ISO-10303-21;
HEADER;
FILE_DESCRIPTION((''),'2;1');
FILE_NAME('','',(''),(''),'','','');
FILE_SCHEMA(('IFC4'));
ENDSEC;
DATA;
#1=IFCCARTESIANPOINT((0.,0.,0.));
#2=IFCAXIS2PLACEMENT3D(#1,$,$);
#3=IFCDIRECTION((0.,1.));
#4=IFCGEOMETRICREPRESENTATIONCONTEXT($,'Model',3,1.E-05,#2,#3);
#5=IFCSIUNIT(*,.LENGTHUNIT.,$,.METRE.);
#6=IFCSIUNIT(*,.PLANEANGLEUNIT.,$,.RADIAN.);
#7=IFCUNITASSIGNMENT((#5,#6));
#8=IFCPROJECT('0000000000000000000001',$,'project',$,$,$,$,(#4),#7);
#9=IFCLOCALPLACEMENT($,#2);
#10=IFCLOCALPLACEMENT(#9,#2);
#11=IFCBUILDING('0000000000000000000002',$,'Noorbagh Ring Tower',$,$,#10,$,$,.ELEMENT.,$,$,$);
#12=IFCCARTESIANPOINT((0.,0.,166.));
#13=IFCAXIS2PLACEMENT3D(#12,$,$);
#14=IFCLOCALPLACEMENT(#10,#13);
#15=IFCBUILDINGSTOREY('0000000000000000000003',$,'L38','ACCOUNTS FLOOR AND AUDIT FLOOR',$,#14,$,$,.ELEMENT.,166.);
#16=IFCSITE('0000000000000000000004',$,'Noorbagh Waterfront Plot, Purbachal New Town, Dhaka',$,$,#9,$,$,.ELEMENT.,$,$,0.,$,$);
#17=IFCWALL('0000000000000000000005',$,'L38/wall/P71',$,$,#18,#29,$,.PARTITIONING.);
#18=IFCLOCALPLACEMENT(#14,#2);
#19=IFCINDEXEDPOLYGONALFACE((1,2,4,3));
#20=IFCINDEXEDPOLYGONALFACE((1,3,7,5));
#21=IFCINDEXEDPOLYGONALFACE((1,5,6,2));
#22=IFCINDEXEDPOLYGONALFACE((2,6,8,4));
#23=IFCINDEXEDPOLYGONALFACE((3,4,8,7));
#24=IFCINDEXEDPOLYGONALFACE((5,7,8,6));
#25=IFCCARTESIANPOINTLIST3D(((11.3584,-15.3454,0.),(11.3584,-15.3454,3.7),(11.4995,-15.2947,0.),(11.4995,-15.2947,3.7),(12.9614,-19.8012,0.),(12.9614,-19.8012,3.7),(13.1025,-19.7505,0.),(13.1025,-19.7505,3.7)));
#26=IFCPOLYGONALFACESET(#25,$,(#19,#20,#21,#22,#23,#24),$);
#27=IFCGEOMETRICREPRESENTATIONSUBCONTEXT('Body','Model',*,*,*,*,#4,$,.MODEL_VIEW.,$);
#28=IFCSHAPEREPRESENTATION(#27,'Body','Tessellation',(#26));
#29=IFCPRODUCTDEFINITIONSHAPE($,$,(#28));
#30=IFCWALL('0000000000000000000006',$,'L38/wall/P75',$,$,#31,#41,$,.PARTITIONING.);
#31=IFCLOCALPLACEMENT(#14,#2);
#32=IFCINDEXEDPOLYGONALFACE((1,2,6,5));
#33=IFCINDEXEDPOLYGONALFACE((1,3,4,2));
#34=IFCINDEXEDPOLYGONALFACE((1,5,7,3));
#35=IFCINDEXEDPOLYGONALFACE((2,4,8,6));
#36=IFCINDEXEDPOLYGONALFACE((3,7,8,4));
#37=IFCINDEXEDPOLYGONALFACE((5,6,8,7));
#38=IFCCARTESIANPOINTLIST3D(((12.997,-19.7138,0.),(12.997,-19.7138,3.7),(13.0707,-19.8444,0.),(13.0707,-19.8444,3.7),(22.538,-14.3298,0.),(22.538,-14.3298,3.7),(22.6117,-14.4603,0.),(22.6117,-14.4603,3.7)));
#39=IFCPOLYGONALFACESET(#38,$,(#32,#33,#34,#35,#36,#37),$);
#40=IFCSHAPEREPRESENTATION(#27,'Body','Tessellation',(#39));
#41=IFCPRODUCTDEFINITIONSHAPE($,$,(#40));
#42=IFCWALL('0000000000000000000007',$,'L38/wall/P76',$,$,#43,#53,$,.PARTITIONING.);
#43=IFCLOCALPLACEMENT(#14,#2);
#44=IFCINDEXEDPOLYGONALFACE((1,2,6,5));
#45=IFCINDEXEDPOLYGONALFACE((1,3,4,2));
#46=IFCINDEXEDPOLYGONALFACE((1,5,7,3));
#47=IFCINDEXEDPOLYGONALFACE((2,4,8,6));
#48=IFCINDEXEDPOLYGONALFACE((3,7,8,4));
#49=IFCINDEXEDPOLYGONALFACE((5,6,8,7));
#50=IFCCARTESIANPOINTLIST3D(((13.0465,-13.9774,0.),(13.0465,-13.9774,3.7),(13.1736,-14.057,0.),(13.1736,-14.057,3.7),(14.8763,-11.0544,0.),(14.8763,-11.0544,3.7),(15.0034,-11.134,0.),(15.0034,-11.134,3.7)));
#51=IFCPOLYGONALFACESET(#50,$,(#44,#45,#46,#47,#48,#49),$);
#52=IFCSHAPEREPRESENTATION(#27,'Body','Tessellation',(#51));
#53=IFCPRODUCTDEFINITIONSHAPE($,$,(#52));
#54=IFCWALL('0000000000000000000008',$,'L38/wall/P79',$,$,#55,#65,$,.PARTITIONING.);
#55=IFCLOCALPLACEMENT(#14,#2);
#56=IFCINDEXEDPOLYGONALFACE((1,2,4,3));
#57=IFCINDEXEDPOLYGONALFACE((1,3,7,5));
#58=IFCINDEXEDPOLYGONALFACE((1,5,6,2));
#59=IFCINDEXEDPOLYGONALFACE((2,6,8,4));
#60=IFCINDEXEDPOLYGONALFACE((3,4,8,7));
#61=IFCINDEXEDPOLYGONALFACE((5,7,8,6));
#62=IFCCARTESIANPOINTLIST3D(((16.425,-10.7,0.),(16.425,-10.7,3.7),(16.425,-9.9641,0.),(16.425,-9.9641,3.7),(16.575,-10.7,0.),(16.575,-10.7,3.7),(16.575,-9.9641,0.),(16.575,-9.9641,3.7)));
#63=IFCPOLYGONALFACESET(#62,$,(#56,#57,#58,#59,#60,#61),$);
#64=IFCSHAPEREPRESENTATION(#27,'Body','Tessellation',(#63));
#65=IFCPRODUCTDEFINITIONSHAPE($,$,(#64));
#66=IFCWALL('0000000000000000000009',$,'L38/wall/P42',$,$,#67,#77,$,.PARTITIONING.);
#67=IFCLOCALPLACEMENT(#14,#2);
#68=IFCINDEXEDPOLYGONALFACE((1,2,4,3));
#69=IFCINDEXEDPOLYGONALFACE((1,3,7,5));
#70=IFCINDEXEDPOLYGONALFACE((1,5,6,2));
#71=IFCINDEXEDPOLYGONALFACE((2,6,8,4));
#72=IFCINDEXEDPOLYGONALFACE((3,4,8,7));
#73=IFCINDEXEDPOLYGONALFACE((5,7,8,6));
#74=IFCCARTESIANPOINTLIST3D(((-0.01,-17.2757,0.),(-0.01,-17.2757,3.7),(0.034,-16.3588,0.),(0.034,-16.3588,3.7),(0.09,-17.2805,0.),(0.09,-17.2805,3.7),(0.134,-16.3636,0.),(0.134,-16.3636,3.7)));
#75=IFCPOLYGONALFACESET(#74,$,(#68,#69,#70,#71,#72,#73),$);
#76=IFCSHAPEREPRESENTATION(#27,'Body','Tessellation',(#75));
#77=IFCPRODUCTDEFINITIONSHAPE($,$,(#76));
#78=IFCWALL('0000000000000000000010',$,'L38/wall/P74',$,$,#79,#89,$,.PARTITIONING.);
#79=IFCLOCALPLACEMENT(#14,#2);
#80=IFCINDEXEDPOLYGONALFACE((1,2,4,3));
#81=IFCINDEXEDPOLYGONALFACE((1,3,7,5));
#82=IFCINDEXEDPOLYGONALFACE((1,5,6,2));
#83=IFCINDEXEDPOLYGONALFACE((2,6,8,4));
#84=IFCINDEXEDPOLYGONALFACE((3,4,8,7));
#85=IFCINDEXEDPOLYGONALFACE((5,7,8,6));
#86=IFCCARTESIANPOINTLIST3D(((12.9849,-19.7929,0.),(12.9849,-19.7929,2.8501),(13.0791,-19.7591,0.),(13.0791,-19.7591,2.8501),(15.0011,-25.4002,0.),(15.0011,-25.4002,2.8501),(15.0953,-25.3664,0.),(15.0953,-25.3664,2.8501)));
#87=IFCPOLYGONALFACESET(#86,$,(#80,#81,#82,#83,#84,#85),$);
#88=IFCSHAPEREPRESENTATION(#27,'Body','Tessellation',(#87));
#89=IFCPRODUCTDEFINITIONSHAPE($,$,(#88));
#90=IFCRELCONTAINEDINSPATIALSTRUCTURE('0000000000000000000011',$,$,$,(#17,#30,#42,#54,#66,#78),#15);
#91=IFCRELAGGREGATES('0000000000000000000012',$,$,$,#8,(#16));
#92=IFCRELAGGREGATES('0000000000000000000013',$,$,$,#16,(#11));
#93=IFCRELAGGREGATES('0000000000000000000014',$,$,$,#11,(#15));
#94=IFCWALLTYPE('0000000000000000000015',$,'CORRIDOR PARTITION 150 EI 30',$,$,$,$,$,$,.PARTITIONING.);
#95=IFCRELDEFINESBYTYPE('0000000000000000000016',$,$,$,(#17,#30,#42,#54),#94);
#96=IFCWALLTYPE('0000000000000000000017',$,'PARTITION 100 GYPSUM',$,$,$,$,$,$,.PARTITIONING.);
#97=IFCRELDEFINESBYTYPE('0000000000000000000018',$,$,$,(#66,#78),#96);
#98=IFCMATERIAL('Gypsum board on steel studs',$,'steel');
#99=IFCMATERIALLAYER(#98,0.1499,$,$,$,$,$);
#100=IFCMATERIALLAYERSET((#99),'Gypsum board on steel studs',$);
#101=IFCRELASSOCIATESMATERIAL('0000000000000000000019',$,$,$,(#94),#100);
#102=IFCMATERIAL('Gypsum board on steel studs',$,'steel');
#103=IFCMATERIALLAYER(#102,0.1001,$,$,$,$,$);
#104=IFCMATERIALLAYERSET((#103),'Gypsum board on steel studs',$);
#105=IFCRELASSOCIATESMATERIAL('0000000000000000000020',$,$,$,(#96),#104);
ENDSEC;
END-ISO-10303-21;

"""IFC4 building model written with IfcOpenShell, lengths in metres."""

from ifc_helpers import new_model, si_unit, direction, frame, frame_2d, origin, place, context, subcontext, project, spatial, rectangle, extrude, material, layer, layer_set, type_object, element, save


model = new_model("IFC4")

# Units and contexts
model_context = context("Model", 3, precision=1e-05, world=origin(), true_north=direction((0.0, 1.0)))
body_context = subcontext(model_context, "Body", "Model", "MODEL_VIEW")
ifc_project = project(units=[si_unit("LENGTHUNIT", "METRE"), si_unit("PLANEANGLEUNIT", "RADIAN")], contexts=[model_context])

# Site, building, storey
site_placement = place(None, origin())
site = spatial("IfcSite", under=ifc_project, at=site_placement, Name="Noorbagh Waterfront Plot, Purbachal New Town, Dhaka", CompositionType="ELEMENT", RefElevation=0.0)
building_placement = place(site_placement, origin())
building = spatial("IfcBuilding", under=site, at=building_placement, Name="Noorbagh Ring Tower", CompositionType="ELEMENT")
storey_placement = place(building_placement, frame((0.0, 0.0, 166.0)))
storey = spatial("IfcBuildingStorey", under=building, at=storey_placement, Name="L38", Description="ACCOUNTS FLOOR AND AUDIT FLOOR", CompositionType="ELEMENT", Elevation=166.0)

# Walls
ifc_material_1 = material(Name="Gypsum board on steel studs", Category="steel")
ifc_layer_1 = layer(ifc_material_1, 0.1499)
ifc_layer_set_1 = layer_set([ifc_layer_1], Name="Gypsum board on steel studs")
wall_type_1 = type_object("IfcWallType", Name="CORRIDOR PARTITION 150 EI 30", PredefinedType="PARTITIONING", material=ifc_layer_set_1)
wall_1_placement = place(storey_placement, frame((11.429, -15.3201, 0.0), z_axis=(0.0, 0.0, 1.0), x_axis=(0.33852, -0.940959, 0.0)))
element("IfcWall", 1, at=wall_1_placement, inside=storey, type_object=wall_type_1, Name="L38/wall/P71", PredefinedType="PARTITIONING", context=body_context, shape_type="SweptSolid", body=[
    extrude(rectangle(XDim=4.7354, YDim=0.1499, at=frame_2d((2.3677, 0.0))), origin(), (0.0, 0.0, 1.0), 3.7),
])
wall_2_placement = place(storey_placement, frame((13.0339, -19.7791, 0.0), z_axis=(0.0, 0.0, 1.0), x_axis=(0.870903, 0.491454, 0.0)))
element("IfcWall", 2, at=wall_2_placement, inside=storey, type_object=wall_type_1, Name="L38/wall/P75", PredefinedType="PARTITIONING", context=body_context, shape_type="SweptSolid", body=[
    extrude(rectangle(XDim=10.9553, YDim=0.1499, at=frame_2d((5.4775, 0.0))), origin(), (0.0, 0.0, 1.0), 3.7),
])
wall_3_placement = place(storey_placement, frame((13.1101, -14.0171, 0.0), z_axis=(0.0, 0.0, 1.0), x_axis=(0.530603, 0.84762, 0.0)))
element("IfcWall", 3, at=wall_3_placement, inside=storey, type_object=wall_type_1, Name="L38/wall/P76", PredefinedType="PARTITIONING", context=body_context, shape_type="SweptSolid", body=[
    extrude(rectangle(XDim=3.4485, YDim=0.1499, at=frame_2d((1.7241, 0.0))), origin(), (0.0, 0.0, 1.0), 3.7),
])
wall_4_placement = place(storey_placement, frame((16.5, -10.7, 0.0), z_axis=(0.0, 0.0, 1.0), x_axis=(0.0, 1.0, 0.0)))
element("IfcWall", 4, at=wall_4_placement, inside=storey, type_object=wall_type_1, Name="L38/wall/P79", PredefinedType="PARTITIONING", context=body_context, shape_type="SweptSolid", body=[
    extrude(rectangle(XDim=0.7358, YDim=0.1499, at=frame_2d((0.3679, 0.0))), origin(), (0.0, 0.0, 1.0), 3.7),
])
ifc_material_2 = material(Name="Gypsum board on steel studs", Category="steel")
ifc_layer_2 = layer(ifc_material_2, 0.1001)
ifc_layer_set_2 = layer_set([ifc_layer_2], Name="Gypsum board on steel studs")
wall_type_2 = type_object("IfcWallType", Name="PARTITION 100 GYPSUM", PredefinedType="PARTITIONING", material=ifc_layer_set_2)
wall_5_placement = place(storey_placement, frame((0.04, -17.2781, 0.0), z_axis=(0.0, 0.0, 1.0), x_axis=(0.047868, 0.998854, 0.0)))
element("IfcWall", 5, at=wall_5_placement, inside=storey, type_object=wall_type_2, Name="L38/wall/P42", PredefinedType="PARTITIONING", context=body_context, shape_type="SweptSolid", body=[
    extrude(rectangle(XDim=0.918, YDim=0.1001, at=frame_2d((0.459, 0.0))), origin(), (0.0, 0.0, 1.0), 3.7),
])
wall_6_placement = place(storey_placement, frame((13.032, -19.7759, 0.0), z_axis=(0.0, 0.0, 1.0), x_axis=(0.338352, -0.941019, 0.0)))
element("IfcWall", 6, at=wall_6_placement, inside=storey, type_object=wall_type_2, Name="L38/wall/P74", PredefinedType="PARTITIONING", context=body_context, shape_type="SweptSolid", body=[
    extrude(rectangle(XDim=5.9587, YDim=0.1001, at=frame_2d((2.9795, 0.0))), origin(), (0.0, 0.0, 1.0), 2.8501),
])

save(model, "model.ifc")
